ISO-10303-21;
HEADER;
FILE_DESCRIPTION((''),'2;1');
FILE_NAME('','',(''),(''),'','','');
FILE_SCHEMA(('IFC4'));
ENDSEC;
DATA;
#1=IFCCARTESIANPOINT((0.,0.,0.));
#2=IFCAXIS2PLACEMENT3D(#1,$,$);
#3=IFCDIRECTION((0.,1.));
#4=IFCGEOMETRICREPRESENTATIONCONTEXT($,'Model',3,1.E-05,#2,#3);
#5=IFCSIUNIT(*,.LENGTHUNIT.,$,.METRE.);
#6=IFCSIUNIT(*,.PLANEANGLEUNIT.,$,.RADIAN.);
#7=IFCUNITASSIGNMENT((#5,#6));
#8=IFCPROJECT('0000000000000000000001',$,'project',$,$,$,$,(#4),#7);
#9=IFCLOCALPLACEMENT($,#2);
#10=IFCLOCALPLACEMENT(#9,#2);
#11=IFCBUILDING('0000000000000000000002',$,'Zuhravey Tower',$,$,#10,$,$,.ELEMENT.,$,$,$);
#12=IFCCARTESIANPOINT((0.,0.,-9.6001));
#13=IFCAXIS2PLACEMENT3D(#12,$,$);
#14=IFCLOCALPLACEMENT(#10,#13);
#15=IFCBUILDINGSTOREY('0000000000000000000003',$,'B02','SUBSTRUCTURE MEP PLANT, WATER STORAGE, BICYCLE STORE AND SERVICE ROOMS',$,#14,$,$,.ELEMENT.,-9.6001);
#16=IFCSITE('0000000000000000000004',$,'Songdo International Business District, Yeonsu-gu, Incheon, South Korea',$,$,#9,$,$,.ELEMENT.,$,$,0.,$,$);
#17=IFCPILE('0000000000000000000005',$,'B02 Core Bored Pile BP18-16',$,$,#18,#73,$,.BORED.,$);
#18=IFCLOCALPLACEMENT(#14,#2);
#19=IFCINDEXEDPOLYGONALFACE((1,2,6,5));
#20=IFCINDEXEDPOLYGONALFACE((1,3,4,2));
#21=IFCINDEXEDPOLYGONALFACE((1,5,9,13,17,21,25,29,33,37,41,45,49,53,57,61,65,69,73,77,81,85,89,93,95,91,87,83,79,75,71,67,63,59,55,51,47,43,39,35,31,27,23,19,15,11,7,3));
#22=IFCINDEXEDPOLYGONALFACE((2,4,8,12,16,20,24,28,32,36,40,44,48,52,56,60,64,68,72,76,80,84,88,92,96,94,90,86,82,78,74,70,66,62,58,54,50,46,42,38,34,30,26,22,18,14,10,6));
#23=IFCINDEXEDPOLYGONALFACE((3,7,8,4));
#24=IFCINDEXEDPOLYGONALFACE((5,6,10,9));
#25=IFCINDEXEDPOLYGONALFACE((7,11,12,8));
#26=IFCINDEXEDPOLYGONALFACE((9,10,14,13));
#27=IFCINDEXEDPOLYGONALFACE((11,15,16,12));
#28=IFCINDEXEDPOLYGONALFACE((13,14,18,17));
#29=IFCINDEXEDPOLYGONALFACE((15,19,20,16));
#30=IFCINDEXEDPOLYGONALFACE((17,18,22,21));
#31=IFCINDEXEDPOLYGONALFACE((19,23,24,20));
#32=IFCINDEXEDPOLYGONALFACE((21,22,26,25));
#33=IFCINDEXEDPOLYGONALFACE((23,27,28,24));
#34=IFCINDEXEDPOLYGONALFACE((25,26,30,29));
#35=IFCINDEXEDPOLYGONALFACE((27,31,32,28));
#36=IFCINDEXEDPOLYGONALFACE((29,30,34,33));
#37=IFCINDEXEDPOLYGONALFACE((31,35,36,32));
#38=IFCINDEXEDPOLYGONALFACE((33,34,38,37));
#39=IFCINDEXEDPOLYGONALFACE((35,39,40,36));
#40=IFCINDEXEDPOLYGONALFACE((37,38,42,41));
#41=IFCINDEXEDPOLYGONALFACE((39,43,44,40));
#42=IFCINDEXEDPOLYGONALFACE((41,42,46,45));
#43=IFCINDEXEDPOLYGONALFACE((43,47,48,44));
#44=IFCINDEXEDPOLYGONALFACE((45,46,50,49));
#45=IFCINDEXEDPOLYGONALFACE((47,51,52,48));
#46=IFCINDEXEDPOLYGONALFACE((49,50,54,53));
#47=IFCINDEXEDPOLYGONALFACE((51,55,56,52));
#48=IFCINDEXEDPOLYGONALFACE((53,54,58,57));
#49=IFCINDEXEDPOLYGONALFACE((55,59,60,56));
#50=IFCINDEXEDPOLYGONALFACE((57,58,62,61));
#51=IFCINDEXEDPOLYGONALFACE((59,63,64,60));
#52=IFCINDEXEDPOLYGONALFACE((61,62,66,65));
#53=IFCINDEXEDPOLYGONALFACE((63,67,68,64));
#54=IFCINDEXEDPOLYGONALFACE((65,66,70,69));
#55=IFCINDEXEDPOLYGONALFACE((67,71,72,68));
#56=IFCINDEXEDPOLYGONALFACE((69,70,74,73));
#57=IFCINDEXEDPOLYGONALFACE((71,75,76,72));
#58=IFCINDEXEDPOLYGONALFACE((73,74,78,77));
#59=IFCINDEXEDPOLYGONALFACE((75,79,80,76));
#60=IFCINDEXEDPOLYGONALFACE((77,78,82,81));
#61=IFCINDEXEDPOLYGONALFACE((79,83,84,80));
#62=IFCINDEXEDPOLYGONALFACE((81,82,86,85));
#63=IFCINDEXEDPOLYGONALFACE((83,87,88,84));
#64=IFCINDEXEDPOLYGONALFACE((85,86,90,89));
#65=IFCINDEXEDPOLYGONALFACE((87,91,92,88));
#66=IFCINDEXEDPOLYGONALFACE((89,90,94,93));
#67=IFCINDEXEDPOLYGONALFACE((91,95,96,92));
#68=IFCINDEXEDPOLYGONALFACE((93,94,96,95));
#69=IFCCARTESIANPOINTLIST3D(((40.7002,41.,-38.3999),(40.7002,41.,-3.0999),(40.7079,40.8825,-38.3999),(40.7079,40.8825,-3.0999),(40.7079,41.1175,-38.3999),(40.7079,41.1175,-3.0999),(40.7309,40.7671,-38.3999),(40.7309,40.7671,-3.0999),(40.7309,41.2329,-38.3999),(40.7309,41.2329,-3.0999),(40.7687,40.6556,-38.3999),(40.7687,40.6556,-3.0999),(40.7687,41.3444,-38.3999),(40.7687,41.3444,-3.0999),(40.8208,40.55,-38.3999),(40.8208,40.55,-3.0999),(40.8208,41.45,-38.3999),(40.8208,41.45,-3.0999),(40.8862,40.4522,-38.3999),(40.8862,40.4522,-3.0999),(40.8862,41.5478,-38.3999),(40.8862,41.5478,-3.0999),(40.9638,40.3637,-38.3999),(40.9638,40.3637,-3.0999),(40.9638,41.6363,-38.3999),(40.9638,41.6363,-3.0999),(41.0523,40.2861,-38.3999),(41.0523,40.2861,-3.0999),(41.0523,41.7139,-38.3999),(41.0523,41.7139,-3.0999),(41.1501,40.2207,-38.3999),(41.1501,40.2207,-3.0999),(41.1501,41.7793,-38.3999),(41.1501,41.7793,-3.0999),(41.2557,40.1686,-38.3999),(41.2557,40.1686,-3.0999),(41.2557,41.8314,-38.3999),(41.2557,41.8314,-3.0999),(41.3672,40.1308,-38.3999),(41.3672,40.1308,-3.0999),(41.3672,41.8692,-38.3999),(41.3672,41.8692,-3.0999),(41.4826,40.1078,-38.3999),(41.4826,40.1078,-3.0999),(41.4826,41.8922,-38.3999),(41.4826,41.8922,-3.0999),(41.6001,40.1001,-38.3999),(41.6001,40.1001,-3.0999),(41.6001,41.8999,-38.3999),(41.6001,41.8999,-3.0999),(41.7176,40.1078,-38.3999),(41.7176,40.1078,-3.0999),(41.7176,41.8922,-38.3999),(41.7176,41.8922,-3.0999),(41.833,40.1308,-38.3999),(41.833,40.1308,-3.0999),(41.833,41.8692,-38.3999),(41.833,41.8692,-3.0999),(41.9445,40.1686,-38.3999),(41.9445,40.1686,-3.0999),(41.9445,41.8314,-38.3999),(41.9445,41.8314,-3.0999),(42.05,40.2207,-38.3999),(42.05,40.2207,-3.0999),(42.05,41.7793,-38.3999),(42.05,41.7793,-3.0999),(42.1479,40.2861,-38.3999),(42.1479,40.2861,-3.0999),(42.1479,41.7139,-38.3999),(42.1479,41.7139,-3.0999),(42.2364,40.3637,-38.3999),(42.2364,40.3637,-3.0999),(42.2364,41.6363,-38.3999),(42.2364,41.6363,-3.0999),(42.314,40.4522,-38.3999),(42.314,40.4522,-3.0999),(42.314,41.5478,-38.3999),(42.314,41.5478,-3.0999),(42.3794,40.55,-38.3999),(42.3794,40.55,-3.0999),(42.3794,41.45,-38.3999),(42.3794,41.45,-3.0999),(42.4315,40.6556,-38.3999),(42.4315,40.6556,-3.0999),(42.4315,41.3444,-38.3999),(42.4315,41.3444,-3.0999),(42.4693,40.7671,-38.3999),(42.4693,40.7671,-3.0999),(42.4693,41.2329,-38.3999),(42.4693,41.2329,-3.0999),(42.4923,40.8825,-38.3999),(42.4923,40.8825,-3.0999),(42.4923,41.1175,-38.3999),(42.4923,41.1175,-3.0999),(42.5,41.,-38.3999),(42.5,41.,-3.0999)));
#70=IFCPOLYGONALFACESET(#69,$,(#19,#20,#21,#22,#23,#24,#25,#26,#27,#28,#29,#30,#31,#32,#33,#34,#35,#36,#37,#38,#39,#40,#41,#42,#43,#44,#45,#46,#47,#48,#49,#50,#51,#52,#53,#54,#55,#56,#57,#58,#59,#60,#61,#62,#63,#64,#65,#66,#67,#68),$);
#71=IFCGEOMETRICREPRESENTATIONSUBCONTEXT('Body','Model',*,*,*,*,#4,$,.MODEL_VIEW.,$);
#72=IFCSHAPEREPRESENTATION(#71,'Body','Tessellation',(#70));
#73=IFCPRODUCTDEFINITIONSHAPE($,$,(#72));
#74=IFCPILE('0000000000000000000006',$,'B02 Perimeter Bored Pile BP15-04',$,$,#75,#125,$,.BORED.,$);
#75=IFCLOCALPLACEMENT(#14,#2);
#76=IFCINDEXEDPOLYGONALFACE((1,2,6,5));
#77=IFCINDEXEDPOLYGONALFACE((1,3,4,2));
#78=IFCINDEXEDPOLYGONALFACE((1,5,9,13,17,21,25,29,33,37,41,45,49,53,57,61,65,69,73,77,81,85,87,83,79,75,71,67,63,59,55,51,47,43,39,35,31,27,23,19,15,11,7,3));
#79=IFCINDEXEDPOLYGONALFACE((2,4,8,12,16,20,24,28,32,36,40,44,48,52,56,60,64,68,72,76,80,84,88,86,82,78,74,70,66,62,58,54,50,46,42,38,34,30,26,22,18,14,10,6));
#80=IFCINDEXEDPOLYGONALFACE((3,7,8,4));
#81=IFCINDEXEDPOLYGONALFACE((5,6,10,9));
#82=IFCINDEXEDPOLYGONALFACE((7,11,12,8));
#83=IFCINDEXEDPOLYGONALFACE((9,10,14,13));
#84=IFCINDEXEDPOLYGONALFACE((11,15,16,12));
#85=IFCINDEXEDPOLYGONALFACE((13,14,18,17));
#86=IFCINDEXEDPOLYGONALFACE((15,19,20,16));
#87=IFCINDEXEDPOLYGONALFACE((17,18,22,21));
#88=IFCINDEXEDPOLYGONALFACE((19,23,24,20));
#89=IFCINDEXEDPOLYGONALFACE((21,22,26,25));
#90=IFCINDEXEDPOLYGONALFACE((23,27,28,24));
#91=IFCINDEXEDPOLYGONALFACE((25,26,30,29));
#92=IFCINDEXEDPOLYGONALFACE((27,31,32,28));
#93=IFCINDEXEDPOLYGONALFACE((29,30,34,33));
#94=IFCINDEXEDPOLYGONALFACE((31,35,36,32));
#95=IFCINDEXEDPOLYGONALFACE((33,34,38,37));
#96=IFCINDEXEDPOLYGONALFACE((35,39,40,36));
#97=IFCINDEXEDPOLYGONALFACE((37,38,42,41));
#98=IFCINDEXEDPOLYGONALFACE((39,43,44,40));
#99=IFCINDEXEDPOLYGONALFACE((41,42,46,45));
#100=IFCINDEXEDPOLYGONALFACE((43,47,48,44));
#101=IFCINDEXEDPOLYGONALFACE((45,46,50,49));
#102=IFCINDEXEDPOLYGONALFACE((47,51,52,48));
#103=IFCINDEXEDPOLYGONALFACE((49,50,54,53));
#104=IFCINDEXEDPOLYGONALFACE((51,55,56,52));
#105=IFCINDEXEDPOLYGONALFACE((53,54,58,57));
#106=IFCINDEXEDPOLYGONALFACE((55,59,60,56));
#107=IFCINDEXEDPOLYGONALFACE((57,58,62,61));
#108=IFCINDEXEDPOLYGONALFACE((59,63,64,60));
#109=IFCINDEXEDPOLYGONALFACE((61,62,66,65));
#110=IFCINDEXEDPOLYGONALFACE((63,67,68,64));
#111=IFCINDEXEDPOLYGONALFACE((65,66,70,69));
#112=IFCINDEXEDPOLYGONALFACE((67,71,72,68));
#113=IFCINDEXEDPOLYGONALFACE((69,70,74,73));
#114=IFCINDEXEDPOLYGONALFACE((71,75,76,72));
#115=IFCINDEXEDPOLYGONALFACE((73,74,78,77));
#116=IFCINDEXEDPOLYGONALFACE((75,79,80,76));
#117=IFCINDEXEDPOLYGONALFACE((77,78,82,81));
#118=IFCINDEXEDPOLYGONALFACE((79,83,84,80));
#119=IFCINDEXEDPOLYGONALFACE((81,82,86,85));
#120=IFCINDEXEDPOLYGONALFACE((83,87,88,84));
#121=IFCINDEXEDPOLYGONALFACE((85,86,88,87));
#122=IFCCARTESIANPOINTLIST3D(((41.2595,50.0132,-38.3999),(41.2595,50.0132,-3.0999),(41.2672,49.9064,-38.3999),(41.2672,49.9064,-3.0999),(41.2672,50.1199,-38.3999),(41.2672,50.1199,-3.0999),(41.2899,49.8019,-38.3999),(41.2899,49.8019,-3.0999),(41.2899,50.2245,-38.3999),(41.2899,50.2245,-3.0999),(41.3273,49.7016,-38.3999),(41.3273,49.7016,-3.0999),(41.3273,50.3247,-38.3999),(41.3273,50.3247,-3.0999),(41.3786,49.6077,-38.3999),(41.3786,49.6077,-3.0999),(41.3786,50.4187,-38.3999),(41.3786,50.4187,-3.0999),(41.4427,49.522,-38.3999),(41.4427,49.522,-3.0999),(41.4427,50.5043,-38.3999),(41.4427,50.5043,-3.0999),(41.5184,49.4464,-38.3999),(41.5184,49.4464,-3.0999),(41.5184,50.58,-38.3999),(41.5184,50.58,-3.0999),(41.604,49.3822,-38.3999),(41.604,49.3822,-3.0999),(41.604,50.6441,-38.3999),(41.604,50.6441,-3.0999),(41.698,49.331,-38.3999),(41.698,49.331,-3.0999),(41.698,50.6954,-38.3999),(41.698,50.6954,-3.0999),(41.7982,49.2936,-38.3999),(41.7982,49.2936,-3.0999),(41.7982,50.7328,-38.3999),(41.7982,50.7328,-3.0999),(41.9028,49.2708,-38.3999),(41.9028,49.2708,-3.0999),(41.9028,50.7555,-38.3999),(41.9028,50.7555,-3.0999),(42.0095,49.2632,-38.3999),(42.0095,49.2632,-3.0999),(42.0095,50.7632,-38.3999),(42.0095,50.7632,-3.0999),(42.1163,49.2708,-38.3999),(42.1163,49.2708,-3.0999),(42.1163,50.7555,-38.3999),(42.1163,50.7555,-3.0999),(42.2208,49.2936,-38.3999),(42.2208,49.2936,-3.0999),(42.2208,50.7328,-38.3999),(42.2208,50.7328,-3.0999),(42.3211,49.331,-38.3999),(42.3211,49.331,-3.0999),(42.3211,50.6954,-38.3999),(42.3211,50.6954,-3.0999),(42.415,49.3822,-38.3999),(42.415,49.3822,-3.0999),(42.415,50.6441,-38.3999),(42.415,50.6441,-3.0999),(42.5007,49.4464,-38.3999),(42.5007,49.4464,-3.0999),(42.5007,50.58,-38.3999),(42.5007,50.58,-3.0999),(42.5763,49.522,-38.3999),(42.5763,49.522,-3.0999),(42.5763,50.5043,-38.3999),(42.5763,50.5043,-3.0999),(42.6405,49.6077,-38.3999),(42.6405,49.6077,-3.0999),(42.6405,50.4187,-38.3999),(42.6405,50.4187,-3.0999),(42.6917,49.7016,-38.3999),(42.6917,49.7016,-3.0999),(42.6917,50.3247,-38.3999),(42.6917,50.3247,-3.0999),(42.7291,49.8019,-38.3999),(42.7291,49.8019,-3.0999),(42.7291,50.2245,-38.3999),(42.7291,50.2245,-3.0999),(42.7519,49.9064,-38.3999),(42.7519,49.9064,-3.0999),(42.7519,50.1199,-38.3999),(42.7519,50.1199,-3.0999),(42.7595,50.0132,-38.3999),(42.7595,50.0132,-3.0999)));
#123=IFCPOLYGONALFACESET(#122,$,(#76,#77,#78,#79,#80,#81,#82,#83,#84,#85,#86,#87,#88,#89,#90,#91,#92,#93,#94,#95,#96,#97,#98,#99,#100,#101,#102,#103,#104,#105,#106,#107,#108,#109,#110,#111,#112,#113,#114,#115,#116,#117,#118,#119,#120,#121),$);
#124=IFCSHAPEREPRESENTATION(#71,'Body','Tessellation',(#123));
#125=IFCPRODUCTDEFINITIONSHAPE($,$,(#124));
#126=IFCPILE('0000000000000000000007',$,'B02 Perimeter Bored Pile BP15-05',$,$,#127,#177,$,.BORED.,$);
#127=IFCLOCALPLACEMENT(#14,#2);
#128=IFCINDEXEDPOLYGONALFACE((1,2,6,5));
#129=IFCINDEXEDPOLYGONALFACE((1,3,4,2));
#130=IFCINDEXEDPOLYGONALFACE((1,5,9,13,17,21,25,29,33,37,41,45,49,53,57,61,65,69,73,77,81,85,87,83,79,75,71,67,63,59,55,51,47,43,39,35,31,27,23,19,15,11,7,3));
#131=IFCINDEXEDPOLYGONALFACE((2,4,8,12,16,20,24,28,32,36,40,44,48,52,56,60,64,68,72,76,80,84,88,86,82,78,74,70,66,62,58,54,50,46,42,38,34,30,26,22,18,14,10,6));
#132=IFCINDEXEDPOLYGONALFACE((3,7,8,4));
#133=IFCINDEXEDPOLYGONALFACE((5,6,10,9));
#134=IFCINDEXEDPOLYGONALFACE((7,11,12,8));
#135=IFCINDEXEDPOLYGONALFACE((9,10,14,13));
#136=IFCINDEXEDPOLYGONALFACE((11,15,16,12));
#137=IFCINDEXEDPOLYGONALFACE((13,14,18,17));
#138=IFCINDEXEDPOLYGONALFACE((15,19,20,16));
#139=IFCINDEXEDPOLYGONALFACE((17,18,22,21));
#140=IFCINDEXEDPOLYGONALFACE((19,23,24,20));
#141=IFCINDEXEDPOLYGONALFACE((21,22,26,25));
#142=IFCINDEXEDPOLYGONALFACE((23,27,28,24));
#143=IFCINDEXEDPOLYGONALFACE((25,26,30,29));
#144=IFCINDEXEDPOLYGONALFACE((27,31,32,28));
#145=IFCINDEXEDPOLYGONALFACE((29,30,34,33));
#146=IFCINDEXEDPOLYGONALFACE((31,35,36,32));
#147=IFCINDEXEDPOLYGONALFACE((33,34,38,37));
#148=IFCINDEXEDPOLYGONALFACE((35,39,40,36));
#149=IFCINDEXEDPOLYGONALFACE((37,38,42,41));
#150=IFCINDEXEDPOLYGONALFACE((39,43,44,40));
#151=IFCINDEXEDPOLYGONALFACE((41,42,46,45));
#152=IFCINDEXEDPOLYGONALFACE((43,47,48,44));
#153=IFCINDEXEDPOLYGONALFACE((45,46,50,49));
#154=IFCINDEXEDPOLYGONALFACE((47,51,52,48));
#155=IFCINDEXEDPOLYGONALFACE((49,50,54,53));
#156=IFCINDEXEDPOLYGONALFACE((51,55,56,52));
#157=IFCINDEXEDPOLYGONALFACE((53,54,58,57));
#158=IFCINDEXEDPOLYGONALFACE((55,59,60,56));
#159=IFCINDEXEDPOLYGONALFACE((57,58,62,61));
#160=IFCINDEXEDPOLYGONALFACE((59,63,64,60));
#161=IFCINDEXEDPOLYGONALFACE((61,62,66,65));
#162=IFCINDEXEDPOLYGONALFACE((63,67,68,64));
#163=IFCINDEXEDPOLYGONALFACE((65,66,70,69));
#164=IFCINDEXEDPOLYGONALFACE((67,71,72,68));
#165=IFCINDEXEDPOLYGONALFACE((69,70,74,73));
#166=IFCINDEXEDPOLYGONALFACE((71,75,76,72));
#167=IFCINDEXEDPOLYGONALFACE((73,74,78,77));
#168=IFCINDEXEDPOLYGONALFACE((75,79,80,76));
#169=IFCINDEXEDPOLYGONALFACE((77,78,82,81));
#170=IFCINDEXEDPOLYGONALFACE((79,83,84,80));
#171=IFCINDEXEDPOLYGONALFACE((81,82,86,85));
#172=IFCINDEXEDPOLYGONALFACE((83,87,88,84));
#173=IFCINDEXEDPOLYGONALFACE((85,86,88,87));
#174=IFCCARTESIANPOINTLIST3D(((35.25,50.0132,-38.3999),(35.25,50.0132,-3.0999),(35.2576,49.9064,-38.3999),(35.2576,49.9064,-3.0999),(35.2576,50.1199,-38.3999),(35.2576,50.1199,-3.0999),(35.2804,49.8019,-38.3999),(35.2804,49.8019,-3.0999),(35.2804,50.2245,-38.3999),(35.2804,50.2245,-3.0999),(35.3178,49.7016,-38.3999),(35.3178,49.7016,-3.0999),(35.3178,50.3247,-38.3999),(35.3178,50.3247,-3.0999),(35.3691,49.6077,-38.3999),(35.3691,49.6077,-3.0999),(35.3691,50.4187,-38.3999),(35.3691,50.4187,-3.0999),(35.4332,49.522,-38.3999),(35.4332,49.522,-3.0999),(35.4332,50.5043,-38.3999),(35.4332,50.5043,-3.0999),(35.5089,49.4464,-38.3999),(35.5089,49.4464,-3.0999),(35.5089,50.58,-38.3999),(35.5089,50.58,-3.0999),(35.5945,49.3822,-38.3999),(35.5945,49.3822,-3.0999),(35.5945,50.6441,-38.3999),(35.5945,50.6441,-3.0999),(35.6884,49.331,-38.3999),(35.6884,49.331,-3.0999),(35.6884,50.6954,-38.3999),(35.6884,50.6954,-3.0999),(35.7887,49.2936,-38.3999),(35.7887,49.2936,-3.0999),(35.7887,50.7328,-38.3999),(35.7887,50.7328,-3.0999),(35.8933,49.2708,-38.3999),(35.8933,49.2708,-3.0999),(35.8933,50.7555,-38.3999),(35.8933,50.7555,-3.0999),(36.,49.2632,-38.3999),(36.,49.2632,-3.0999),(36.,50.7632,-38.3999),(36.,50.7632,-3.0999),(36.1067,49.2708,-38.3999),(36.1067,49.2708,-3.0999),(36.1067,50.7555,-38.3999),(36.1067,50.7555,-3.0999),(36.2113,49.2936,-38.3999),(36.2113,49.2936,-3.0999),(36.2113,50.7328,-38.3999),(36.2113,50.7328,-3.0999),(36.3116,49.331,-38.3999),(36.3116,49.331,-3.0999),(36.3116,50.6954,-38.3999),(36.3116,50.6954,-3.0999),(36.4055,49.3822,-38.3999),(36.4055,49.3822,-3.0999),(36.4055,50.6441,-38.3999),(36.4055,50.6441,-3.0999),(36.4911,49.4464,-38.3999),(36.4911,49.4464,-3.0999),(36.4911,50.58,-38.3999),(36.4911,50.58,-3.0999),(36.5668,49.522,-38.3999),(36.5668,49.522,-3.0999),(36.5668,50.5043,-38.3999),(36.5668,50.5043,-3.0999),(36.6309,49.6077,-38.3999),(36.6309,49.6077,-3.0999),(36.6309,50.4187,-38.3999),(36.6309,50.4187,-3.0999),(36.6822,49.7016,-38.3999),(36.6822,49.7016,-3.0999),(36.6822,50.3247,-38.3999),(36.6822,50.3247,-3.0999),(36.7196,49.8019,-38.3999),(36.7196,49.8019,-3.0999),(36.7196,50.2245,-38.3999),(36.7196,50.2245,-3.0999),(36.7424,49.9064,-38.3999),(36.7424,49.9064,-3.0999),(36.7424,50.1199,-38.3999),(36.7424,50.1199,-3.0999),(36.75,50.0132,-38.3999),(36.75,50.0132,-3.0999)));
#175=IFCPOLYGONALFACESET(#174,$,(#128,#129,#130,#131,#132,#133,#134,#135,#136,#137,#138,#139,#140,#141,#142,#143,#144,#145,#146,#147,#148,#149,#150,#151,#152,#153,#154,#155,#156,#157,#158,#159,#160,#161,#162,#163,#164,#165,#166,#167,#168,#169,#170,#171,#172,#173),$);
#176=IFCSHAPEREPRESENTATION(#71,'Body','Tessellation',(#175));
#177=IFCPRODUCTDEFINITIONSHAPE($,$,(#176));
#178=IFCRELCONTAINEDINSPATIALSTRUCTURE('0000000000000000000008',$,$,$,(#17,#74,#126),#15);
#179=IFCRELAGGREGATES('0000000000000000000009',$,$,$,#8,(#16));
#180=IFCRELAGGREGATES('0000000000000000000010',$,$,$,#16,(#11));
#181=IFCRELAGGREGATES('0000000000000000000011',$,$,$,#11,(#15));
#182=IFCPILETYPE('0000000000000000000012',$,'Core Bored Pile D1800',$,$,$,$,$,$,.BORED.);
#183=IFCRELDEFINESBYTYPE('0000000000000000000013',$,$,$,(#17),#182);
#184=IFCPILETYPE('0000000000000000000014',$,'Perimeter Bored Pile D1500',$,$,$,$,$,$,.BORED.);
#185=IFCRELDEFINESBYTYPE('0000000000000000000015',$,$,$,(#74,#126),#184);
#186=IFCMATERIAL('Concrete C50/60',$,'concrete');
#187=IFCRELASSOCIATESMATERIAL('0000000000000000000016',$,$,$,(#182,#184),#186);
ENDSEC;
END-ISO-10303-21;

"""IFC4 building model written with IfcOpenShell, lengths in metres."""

from ifc_helpers import new_model, si_unit, direction, frame, origin, origin_2d, place, context, subcontext, project, spatial, circle, extrude, material, material_profile, profile_set, type_object, element, save


model = new_model("IFC4")

# Units and contexts
model_context = context("Model", 3, precision=1e-05, world=origin(), true_north=direction((0.0, 1.0)))
body_context = subcontext(model_context, "Body", "Model", "MODEL_VIEW")
ifc_project = project(units=[si_unit("LENGTHUNIT", "METRE"), si_unit("PLANEANGLEUNIT", "RADIAN")], contexts=[model_context])

# Site, building, storey
site_placement = place(None, origin())
site = spatial("IfcSite", under=ifc_project, at=site_placement, Name="Songdo International Business District, Yeonsu-gu, Incheon, South Korea", CompositionType="ELEMENT", RefElevation=0.0)
building_placement = place(site_placement, origin())
building = spatial("IfcBuilding", under=site, at=building_placement, Name="Zuhravey Tower", CompositionType="ELEMENT")
storey_placement = place(building_placement, frame((0.0, 0.0, -9.6001)))
storey = spatial("IfcBuildingStorey", under=building, at=storey_placement, Name="B02", Description="SUBSTRUCTURE MEP PLANT, WATER STORAGE, BICYCLE STORE AND SERVICE ROOMS", CompositionType="ELEMENT", Elevation=-9.6001)

# Piles
ifc_material_1 = material(Name="Concrete C50/60", Category="concrete")
ifc_material_profile_1 = material_profile(ifc_material_1, circle(Radius=0.8999, at=origin_2d()), Name="PILE-D1800")
ifc_profile_set_1 = profile_set([ifc_material_profile_1], Name="Concrete C50/60")
pile_type_1 = type_object("IfcPileType", Name="Core Bored Pile D1800", PredefinedType="BORED", material=ifc_profile_set_1)
for number, where, z_axis, x_axis, name in (
    (1, (41.6001, 41.0, -3.0999), (0.0, 0.0, -1.0), (1.0, 0.0, 0.0), "B02 Core Bored Pile BP18-16"),
):
    element("IfcPile", number, at=place(storey_placement, frame(where, z_axis=z_axis, x_axis=x_axis)), inside=storey, type_object=pile_type_1, Name=name, PredefinedType="BORED", context=body_context, shape_type="SweptSolid", body=[
        extrude(circle(Radius=0.8999, at=origin_2d()), origin(), (0.0, 0.0, 1.0), 35.3),
    ])
ifc_material_profile_2 = material_profile(ifc_material_1, circle(Radius=0.75, at=origin_2d()), Name="PILE-D1500")
ifc_profile_set_2 = profile_set([ifc_material_profile_2], Name="Concrete C50/60")
pile_type_2 = type_object("IfcPileType", Name="Perimeter Bored Pile D1500", PredefinedType="BORED", material=ifc_profile_set_2)
for number, where, z_axis, x_axis, name in (
    (2, (42.0095, 50.0132, -3.0999), (0.0, 0.0, -1.0), (1.0, 0.0, 0.0), "B02 Perimeter Bored Pile BP15-04"),
    (3, (36.0, 50.0132, -3.0999), (0.0, 0.0, -1.0), (1.0, 0.0, 0.0), "B02 Perimeter Bored Pile BP15-05"),
):
    element("IfcPile", number, at=place(storey_placement, frame(where, z_axis=z_axis, x_axis=x_axis)), inside=storey, type_object=pile_type_2, Name=name, PredefinedType="BORED", context=body_context, shape_type="SweptSolid", body=[
        extrude(circle(Radius=0.75, at=origin_2d()), origin(), (0.0, 0.0, 1.0), 35.3),
    ])

save(model, "model.ifc")
